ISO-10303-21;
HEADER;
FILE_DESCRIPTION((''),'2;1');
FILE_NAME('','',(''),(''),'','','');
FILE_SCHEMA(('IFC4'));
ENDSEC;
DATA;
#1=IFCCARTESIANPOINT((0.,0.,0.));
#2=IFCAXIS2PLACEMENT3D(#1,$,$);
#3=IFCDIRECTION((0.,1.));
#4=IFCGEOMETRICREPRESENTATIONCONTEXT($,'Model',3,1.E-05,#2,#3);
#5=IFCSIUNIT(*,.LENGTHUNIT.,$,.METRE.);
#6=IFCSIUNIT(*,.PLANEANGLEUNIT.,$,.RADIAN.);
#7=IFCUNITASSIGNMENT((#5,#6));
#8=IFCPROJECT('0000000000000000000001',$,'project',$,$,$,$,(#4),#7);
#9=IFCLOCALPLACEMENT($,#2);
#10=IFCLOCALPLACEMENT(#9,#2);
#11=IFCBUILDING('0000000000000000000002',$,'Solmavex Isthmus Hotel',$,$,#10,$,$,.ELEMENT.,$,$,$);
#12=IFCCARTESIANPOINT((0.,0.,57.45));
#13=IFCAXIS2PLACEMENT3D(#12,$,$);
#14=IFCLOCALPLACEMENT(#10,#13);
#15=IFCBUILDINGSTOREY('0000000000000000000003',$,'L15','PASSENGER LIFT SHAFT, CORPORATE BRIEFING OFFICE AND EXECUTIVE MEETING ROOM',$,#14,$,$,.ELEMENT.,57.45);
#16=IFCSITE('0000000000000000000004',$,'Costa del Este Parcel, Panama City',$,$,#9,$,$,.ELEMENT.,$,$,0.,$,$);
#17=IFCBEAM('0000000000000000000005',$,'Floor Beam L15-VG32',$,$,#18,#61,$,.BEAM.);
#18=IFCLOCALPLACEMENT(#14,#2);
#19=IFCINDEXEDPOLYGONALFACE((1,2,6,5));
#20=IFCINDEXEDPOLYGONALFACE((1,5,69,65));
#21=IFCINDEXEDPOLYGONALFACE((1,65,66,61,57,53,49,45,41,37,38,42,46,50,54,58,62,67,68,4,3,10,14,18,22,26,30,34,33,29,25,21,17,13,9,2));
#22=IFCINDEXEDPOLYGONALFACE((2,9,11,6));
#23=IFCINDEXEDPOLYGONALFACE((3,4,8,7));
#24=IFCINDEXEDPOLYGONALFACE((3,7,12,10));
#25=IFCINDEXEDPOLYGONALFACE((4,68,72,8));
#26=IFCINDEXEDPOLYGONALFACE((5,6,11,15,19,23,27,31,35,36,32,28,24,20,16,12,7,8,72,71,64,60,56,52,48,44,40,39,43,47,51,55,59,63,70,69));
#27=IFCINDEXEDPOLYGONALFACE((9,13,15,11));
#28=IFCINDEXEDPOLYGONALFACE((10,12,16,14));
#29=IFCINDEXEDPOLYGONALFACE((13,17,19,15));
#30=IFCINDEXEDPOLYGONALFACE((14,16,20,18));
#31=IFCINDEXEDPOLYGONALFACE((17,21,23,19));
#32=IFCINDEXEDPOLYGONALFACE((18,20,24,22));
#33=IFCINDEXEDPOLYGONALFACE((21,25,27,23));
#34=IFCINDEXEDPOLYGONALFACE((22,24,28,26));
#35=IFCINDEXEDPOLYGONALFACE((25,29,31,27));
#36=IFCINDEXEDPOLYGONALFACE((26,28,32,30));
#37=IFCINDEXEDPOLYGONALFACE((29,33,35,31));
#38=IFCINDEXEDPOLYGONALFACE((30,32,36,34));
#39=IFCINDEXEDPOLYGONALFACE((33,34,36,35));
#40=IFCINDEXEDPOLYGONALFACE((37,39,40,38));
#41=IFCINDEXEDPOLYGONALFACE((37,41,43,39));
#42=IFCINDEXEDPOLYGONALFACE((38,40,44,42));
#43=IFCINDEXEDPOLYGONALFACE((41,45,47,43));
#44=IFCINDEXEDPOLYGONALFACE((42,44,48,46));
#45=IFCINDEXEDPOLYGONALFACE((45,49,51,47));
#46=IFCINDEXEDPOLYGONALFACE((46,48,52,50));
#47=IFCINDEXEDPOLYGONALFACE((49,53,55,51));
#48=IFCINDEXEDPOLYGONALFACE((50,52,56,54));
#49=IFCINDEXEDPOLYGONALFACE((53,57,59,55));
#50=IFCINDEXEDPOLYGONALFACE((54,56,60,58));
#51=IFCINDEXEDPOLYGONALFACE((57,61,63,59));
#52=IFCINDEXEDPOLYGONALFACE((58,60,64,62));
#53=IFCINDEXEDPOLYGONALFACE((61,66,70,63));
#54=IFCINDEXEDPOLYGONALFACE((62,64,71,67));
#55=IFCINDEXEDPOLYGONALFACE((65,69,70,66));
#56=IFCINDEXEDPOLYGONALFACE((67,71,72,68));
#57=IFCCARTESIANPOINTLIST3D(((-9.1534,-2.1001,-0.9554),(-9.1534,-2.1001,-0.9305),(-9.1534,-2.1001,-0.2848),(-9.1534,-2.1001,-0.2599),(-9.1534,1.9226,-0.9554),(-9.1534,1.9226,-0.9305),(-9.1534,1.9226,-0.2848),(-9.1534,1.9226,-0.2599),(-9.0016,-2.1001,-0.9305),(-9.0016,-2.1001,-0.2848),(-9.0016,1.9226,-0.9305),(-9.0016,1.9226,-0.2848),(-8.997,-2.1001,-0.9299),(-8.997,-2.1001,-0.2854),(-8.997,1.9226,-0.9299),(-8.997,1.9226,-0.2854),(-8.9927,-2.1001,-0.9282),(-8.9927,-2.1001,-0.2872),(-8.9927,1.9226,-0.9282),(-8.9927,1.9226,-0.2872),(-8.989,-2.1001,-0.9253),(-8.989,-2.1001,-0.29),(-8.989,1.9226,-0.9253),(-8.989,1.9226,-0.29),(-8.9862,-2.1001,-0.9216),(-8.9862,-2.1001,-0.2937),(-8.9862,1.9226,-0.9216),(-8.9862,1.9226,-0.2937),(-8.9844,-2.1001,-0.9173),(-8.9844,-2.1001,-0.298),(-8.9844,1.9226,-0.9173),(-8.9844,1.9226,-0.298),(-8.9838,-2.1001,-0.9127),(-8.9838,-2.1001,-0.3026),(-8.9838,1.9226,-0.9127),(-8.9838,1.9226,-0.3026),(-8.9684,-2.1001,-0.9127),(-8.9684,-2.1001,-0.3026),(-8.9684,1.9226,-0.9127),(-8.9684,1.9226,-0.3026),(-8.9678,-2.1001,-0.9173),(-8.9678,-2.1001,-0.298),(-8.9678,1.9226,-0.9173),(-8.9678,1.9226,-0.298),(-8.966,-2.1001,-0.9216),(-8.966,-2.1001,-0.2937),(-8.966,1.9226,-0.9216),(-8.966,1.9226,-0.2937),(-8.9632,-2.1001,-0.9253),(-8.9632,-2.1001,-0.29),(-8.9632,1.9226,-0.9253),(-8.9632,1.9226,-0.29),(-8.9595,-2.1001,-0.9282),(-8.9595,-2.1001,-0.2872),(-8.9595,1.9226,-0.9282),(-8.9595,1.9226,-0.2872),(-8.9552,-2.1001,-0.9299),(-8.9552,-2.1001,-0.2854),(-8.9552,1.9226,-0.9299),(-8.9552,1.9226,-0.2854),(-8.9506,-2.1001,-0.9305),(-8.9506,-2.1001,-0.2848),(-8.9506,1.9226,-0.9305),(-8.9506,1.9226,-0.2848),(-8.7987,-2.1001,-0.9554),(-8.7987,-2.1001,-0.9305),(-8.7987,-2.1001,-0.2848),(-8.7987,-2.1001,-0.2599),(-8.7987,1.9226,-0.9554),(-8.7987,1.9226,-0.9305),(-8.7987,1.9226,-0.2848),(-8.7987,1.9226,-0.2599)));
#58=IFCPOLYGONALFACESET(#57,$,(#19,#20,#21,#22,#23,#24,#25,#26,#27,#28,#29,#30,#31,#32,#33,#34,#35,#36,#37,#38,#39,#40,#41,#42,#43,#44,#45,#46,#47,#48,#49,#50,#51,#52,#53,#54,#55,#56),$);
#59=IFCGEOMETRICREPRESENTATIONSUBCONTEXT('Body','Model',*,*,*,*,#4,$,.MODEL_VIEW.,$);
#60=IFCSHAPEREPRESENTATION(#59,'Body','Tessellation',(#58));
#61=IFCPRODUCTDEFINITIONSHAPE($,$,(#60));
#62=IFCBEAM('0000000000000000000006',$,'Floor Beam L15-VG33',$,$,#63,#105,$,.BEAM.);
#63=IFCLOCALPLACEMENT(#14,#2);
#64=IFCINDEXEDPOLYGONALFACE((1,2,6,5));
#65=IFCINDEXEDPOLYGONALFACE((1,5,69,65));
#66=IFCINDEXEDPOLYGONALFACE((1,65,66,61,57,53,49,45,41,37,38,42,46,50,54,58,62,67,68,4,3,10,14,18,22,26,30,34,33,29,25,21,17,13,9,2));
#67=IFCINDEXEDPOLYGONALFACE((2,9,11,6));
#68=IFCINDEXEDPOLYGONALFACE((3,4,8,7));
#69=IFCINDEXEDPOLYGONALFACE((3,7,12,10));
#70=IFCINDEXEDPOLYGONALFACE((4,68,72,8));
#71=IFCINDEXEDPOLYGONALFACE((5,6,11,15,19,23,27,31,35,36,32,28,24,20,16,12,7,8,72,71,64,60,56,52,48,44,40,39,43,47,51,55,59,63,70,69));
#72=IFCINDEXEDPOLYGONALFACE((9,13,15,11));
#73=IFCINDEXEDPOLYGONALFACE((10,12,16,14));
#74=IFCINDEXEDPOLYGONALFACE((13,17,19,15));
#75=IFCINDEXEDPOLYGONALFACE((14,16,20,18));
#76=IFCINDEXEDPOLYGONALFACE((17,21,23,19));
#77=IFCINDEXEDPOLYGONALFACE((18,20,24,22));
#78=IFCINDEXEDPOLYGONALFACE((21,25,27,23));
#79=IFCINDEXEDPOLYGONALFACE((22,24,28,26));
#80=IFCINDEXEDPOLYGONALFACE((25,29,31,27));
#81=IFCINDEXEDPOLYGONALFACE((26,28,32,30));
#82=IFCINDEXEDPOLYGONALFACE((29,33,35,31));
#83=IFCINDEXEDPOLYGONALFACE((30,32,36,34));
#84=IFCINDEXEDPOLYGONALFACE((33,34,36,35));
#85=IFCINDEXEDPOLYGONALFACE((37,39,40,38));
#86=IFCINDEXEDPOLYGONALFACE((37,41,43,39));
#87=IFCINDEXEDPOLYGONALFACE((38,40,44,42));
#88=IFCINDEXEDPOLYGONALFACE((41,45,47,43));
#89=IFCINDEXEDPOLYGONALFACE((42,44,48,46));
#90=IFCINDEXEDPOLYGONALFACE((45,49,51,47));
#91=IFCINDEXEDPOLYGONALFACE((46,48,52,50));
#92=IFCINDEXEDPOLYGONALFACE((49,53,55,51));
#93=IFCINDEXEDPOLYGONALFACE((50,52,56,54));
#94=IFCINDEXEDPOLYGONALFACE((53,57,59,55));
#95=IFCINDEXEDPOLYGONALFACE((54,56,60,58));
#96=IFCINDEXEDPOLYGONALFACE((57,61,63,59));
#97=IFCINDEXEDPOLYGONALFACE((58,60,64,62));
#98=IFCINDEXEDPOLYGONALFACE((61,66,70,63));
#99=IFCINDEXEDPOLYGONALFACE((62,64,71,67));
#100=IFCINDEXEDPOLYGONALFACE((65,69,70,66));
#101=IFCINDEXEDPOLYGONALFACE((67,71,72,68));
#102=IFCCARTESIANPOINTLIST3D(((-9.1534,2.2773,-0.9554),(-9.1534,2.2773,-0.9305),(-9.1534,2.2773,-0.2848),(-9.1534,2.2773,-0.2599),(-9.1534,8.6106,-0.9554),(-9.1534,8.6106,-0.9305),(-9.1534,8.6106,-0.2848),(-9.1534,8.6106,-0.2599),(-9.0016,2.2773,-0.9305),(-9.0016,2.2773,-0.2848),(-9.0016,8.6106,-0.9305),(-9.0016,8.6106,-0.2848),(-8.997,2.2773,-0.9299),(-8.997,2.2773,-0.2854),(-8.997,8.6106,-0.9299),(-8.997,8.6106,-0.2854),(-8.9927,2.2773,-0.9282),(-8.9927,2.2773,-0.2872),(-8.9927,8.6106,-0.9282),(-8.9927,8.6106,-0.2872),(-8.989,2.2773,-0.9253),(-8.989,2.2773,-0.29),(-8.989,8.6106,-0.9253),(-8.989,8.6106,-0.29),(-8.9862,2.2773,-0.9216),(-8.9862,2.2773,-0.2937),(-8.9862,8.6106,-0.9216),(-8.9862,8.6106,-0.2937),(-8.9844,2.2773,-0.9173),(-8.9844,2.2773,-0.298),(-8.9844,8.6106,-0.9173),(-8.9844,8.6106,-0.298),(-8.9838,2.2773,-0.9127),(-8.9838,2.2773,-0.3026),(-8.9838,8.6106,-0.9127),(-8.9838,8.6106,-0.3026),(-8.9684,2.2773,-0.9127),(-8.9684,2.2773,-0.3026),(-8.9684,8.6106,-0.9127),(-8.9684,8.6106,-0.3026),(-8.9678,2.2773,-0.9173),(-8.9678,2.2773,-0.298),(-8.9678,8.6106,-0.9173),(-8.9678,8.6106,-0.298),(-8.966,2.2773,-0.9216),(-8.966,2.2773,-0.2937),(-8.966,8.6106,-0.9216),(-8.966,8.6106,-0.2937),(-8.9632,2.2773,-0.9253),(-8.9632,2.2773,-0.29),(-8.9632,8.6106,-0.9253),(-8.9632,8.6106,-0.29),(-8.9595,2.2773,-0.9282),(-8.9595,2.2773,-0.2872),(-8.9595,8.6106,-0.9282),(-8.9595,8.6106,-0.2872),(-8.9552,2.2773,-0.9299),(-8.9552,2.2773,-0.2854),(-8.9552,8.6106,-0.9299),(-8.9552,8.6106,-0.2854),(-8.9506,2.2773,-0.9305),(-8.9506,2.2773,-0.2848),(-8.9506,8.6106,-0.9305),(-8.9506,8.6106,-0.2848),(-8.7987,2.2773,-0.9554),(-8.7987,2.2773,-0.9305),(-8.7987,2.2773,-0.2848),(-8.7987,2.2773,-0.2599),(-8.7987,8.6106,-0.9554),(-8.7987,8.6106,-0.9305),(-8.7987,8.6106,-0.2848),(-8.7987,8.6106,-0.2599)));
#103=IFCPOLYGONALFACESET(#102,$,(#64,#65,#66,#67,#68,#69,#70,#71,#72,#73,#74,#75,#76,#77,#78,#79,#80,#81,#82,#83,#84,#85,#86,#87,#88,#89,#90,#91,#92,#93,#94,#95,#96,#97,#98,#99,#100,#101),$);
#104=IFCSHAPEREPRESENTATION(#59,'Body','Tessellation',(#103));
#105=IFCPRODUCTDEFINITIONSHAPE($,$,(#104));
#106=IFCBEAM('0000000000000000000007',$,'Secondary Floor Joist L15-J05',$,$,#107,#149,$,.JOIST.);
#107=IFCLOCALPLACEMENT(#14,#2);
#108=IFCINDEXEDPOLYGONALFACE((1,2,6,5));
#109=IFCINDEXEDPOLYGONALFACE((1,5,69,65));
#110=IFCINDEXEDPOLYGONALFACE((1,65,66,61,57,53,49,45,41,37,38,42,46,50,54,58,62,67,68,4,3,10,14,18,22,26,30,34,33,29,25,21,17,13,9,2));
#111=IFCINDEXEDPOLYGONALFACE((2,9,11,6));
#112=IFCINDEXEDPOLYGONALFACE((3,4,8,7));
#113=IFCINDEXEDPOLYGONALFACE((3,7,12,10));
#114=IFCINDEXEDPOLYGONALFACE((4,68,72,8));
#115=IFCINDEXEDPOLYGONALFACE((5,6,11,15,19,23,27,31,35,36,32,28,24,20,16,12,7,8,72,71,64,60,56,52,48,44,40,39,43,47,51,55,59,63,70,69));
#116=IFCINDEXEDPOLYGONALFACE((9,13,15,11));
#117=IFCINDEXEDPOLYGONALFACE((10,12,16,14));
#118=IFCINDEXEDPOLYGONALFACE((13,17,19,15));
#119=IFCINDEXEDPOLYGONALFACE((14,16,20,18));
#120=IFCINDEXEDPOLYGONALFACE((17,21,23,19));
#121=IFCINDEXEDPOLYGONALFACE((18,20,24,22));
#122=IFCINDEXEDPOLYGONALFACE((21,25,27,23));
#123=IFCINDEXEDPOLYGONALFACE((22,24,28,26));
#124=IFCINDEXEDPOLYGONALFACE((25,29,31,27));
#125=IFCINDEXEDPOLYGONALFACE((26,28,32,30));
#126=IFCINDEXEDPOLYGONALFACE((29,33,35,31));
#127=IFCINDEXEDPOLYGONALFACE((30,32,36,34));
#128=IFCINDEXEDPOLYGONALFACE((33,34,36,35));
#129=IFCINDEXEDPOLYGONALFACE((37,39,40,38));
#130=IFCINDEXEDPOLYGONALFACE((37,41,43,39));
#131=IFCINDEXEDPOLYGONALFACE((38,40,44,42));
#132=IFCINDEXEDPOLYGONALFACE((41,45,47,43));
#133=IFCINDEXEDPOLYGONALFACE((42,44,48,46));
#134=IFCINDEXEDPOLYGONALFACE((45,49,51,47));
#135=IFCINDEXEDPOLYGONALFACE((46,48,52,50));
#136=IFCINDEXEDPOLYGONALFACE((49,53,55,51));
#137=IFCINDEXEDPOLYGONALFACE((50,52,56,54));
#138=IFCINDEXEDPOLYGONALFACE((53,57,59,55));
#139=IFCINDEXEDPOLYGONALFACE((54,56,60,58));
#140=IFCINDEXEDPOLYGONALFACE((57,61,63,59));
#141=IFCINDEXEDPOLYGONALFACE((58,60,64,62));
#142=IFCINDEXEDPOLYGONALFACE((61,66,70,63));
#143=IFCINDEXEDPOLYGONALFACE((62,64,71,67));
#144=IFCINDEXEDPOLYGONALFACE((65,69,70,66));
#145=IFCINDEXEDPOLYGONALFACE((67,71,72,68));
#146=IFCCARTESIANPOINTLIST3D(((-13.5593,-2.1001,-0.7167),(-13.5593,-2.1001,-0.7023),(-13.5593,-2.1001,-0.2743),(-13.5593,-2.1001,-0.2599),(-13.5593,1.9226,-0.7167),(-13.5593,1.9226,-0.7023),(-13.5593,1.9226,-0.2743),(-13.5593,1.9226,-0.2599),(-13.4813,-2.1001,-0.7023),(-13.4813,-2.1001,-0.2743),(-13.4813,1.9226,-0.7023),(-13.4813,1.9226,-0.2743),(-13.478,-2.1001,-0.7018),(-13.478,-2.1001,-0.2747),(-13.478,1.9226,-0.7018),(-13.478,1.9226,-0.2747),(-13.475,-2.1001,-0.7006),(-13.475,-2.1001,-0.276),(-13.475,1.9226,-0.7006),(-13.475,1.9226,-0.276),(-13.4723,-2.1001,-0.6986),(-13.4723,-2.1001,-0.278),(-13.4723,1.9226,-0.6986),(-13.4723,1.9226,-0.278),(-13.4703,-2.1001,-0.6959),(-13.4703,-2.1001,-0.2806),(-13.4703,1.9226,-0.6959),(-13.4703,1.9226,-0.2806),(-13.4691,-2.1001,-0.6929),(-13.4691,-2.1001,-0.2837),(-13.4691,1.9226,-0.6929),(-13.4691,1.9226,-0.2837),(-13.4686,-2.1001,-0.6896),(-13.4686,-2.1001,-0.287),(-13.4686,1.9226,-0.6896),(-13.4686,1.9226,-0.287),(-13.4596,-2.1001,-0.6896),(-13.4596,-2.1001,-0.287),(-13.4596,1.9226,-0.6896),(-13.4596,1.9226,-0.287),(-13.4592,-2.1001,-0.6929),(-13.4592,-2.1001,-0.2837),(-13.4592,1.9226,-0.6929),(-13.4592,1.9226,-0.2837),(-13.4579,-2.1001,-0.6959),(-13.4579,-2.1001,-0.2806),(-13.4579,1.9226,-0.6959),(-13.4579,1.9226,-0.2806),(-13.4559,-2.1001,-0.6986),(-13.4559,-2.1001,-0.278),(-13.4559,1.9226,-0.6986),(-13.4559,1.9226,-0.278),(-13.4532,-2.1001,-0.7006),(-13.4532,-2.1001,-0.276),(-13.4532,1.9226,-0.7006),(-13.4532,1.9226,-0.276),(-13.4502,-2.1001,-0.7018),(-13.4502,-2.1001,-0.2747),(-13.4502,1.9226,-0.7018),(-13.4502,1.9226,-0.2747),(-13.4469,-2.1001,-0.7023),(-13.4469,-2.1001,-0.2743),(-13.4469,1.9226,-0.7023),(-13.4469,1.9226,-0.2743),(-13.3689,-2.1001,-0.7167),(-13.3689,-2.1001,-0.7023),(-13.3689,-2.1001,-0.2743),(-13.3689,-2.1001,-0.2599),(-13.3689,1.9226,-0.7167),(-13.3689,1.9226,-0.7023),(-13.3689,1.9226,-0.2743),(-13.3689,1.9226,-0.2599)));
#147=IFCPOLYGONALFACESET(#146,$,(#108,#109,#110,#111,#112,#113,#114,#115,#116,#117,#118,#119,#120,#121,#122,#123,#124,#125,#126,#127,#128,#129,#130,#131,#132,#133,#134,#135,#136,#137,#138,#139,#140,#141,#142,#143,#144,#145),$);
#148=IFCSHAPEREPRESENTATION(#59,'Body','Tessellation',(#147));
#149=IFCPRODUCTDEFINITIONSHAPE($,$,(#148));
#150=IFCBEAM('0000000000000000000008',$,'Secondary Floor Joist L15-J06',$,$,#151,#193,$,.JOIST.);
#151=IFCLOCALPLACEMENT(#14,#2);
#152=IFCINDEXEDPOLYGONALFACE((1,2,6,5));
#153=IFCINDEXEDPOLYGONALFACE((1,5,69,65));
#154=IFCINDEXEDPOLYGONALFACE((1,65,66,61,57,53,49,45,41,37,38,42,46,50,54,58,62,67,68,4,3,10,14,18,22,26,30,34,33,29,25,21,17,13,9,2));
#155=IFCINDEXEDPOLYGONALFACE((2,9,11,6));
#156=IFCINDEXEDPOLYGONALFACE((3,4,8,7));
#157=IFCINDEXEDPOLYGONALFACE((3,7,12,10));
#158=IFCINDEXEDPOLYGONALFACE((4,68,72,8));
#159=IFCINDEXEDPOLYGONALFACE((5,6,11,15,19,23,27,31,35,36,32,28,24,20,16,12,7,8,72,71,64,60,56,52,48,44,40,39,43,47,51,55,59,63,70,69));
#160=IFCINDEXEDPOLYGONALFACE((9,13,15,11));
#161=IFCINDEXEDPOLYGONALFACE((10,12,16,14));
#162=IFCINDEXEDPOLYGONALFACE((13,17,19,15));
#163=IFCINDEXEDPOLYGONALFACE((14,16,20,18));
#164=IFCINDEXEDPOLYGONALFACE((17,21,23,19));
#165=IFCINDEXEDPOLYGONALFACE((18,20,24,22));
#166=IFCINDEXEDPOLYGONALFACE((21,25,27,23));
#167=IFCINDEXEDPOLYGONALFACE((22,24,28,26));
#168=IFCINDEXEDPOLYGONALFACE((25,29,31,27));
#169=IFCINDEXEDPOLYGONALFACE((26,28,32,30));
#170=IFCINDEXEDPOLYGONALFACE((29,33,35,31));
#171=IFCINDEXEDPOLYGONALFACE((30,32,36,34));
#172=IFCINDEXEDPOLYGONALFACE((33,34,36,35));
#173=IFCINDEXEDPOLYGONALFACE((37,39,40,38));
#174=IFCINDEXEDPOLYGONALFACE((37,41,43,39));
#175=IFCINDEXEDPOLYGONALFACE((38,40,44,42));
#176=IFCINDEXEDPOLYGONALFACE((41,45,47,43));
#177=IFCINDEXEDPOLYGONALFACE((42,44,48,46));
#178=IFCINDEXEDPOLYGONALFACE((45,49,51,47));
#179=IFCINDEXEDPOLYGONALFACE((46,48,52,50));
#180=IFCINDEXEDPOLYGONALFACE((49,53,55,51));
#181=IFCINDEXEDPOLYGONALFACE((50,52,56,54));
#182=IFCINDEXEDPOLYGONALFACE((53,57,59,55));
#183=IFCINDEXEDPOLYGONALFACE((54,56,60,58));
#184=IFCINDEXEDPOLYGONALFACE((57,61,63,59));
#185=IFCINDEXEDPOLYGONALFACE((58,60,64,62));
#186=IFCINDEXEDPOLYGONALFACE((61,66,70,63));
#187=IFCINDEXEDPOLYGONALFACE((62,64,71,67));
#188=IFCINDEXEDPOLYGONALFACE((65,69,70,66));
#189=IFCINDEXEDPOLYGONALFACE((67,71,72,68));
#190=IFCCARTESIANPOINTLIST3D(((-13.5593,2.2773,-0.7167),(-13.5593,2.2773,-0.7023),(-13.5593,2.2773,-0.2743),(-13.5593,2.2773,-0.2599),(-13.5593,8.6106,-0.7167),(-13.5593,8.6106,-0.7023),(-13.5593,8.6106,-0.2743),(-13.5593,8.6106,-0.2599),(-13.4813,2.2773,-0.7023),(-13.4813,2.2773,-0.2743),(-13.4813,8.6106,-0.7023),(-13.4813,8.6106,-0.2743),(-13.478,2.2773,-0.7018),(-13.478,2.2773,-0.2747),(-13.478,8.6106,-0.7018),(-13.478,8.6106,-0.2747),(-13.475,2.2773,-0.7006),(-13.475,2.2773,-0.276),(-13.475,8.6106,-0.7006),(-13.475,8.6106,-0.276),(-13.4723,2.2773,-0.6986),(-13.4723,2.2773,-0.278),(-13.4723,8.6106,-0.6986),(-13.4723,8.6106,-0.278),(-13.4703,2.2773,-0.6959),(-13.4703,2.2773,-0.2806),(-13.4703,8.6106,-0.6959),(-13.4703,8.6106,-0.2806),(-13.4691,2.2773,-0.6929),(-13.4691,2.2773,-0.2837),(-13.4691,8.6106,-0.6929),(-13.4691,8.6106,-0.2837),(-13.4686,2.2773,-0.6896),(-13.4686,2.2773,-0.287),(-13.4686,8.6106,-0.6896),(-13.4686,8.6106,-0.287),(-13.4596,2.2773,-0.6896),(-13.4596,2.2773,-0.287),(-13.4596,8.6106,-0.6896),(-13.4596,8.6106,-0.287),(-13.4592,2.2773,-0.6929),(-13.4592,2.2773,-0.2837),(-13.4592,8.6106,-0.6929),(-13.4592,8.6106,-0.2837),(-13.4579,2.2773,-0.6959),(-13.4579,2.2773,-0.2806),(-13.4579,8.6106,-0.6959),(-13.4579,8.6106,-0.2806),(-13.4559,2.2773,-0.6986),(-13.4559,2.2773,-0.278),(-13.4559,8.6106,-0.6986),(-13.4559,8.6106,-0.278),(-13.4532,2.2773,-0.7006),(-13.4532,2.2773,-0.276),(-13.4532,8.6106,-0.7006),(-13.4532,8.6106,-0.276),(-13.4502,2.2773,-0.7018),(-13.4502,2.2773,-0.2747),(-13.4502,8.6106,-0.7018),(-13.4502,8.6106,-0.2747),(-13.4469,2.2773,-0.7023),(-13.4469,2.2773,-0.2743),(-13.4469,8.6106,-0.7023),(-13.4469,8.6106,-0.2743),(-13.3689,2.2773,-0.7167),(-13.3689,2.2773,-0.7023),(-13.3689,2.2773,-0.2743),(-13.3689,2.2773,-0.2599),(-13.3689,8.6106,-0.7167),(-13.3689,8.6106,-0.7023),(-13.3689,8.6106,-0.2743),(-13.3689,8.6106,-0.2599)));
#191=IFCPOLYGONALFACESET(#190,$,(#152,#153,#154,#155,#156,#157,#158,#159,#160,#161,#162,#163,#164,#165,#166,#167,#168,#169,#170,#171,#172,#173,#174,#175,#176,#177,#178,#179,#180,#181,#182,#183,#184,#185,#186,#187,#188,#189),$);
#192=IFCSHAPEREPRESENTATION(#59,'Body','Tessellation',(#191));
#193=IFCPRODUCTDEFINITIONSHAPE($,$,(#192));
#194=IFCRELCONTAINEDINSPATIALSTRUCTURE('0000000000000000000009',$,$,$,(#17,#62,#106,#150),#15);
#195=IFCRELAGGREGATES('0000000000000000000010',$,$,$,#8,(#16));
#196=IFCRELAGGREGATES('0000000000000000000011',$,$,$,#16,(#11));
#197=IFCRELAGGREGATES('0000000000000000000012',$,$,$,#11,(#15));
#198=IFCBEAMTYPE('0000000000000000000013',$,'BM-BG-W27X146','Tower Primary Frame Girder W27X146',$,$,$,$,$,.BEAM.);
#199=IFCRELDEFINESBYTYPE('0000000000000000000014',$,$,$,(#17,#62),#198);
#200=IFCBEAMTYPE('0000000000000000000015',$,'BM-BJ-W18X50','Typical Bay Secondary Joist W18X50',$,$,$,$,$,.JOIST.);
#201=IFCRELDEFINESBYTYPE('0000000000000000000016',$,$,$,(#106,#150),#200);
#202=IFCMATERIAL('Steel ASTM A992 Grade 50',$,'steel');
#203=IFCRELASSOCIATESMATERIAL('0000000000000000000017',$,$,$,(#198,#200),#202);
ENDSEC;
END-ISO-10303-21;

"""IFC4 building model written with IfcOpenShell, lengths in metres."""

from ifc_helpers import new_model, si_unit, direction, frame, origin, origin_2d, place, context, subcontext, project, spatial, i_section, extrude, material, material_profile, profile_set, type_object, element, save


model = new_model("IFC4")

# Units and contexts
model_context = context("Model", 3, precision=1e-05, world=origin(), true_north=direction((0.0, 1.0)))
body_context = subcontext(model_context, "Body", "Model", "MODEL_VIEW")
ifc_project = project(units=[si_unit("LENGTHUNIT", "METRE"), si_unit("PLANEANGLEUNIT", "RADIAN")], contexts=[model_context])

# Site, building, storey
site_placement = place(None, origin())
site = spatial("IfcSite", under=ifc_project, at=site_placement, Name="Costa del Este Parcel, Panama City", CompositionType="ELEMENT", RefElevation=0.0)
building_placement = place(site_placement, origin())
building = spatial("IfcBuilding", under=site, at=building_placement, Name="Solmavex Isthmus Hotel", CompositionType="ELEMENT")
storey_placement = place(building_placement, frame((0.0, 0.0, 57.45)))
storey = spatial("IfcBuildingStorey", under=building, at=storey_placement, Name="L15", Description="PASSENGER LIFT SHAFT, CORPORATE BRIEFING OFFICE AND EXECUTIVE MEETING ROOM", CompositionType="ELEMENT", Elevation=57.45)

# Beams
ifc_material_1 = material(Name="Steel ASTM A992 Grade 50", Category="steel")
ifc_material_profile_1 = material_profile(ifc_material_1, i_section(OverallWidth=0.3547, OverallDepth=0.6956, WebThickness=0.0154, FlangeThickness=0.0249, FilletRadius=0.0178, at=origin_2d()), Name="W27X146")
ifc_profile_set_1 = profile_set([ifc_material_profile_1], Name="Steel ASTM A992 Grade 50")
beam_type_1 = type_object("IfcBeamType", Name="BM-BG-W27X146", Description="Tower Primary Frame Girder W27X146", PredefinedType="BEAM", material=ifc_profile_set_1)
beam_1_placement = place(storey_placement, frame((-8.9761, -2.1001, -0.6077), z_axis=(0.0, 1.0, 0.0), x_axis=(-1.0, 0.0, 0.0)))
element("IfcBeam", 1, at=beam_1_placement, inside=storey, type_object=beam_type_1, Name="Floor Beam L15-VG32", PredefinedType="BEAM", context=body_context, shape_type="SweptSolid", body=[
    extrude(i_section(OverallWidth=0.3547, OverallDepth=0.6956, WebThickness=0.0154, FlangeThickness=0.0249, FilletRadius=0.0178, at=origin_2d()), origin(), (0.0, 0.0, 1.0), 4.0227),
])
beam_2_placement = place(storey_placement, frame((-8.9761, 2.2773, -0.6077), z_axis=(0.0, 1.0, 0.0), x_axis=(-1.0, 0.0, 0.0)))
element("IfcBeam", 2, at=beam_2_placement, inside=storey, type_object=beam_type_1, Name="Floor Beam L15-VG33", PredefinedType="BEAM", context=body_context, shape_type="SweptSolid", body=[
    extrude(i_section(OverallWidth=0.3547, OverallDepth=0.6956, WebThickness=0.0154, FlangeThickness=0.0249, FilletRadius=0.0178, at=origin_2d()), origin(), (0.0, 0.0, 1.0), 6.3333),
])
ifc_material_profile_2 = material_profile(ifc_material_1, i_section(OverallWidth=0.1904, OverallDepth=0.4568, WebThickness=0.009, FlangeThickness=0.0144, FilletRadius=0.0127, at=origin_2d()), Name="W18X50")
ifc_profile_set_2 = profile_set([ifc_material_profile_2], Name="Steel ASTM A992 Grade 50")
beam_type_2 = type_object("IfcBeamType", Name="BM-BJ-W18X50", Description="Typical Bay Secondary Joist W18X50", PredefinedType="JOIST", material=ifc_profile_set_2)
beam_3_placement = place(storey_placement, frame((-13.4641, -2.1001, -0.4883), z_axis=(0.0, 1.0, 0.0), x_axis=(-1.0, 0.0, 0.0)))
element("IfcBeam", 3, at=beam_3_placement, inside=storey, type_object=beam_type_2, Name="Secondary Floor Joist L15-J05", PredefinedType="JOIST", context=body_context, shape_type="SweptSolid", body=[
    extrude(i_section(OverallWidth=0.1904, OverallDepth=0.4568, WebThickness=0.009, FlangeThickness=0.0144, FilletRadius=0.0127, at=origin_2d()), origin(), (0.0, 0.0, 1.0), 4.0227),
])
beam_4_placement = place(storey_placement, frame((-13.4641, 2.2773, -0.4883), z_axis=(0.0, 1.0, 0.0), x_axis=(-1.0, 0.0, 0.0)))
element("IfcBeam", 4, at=beam_4_placement, inside=storey, type_object=beam_type_2, Name="Secondary Floor Joist L15-J06", PredefinedType="JOIST", context=body_context, shape_type="SweptSolid", body=[
    extrude(i_section(OverallWidth=0.1904, OverallDepth=0.4568, WebThickness=0.009, FlangeThickness=0.0144, FilletRadius=0.0127, at=origin_2d()), origin(), (0.0, 0.0, 1.0), 6.3333),
])

save(model, "model.ifc")
